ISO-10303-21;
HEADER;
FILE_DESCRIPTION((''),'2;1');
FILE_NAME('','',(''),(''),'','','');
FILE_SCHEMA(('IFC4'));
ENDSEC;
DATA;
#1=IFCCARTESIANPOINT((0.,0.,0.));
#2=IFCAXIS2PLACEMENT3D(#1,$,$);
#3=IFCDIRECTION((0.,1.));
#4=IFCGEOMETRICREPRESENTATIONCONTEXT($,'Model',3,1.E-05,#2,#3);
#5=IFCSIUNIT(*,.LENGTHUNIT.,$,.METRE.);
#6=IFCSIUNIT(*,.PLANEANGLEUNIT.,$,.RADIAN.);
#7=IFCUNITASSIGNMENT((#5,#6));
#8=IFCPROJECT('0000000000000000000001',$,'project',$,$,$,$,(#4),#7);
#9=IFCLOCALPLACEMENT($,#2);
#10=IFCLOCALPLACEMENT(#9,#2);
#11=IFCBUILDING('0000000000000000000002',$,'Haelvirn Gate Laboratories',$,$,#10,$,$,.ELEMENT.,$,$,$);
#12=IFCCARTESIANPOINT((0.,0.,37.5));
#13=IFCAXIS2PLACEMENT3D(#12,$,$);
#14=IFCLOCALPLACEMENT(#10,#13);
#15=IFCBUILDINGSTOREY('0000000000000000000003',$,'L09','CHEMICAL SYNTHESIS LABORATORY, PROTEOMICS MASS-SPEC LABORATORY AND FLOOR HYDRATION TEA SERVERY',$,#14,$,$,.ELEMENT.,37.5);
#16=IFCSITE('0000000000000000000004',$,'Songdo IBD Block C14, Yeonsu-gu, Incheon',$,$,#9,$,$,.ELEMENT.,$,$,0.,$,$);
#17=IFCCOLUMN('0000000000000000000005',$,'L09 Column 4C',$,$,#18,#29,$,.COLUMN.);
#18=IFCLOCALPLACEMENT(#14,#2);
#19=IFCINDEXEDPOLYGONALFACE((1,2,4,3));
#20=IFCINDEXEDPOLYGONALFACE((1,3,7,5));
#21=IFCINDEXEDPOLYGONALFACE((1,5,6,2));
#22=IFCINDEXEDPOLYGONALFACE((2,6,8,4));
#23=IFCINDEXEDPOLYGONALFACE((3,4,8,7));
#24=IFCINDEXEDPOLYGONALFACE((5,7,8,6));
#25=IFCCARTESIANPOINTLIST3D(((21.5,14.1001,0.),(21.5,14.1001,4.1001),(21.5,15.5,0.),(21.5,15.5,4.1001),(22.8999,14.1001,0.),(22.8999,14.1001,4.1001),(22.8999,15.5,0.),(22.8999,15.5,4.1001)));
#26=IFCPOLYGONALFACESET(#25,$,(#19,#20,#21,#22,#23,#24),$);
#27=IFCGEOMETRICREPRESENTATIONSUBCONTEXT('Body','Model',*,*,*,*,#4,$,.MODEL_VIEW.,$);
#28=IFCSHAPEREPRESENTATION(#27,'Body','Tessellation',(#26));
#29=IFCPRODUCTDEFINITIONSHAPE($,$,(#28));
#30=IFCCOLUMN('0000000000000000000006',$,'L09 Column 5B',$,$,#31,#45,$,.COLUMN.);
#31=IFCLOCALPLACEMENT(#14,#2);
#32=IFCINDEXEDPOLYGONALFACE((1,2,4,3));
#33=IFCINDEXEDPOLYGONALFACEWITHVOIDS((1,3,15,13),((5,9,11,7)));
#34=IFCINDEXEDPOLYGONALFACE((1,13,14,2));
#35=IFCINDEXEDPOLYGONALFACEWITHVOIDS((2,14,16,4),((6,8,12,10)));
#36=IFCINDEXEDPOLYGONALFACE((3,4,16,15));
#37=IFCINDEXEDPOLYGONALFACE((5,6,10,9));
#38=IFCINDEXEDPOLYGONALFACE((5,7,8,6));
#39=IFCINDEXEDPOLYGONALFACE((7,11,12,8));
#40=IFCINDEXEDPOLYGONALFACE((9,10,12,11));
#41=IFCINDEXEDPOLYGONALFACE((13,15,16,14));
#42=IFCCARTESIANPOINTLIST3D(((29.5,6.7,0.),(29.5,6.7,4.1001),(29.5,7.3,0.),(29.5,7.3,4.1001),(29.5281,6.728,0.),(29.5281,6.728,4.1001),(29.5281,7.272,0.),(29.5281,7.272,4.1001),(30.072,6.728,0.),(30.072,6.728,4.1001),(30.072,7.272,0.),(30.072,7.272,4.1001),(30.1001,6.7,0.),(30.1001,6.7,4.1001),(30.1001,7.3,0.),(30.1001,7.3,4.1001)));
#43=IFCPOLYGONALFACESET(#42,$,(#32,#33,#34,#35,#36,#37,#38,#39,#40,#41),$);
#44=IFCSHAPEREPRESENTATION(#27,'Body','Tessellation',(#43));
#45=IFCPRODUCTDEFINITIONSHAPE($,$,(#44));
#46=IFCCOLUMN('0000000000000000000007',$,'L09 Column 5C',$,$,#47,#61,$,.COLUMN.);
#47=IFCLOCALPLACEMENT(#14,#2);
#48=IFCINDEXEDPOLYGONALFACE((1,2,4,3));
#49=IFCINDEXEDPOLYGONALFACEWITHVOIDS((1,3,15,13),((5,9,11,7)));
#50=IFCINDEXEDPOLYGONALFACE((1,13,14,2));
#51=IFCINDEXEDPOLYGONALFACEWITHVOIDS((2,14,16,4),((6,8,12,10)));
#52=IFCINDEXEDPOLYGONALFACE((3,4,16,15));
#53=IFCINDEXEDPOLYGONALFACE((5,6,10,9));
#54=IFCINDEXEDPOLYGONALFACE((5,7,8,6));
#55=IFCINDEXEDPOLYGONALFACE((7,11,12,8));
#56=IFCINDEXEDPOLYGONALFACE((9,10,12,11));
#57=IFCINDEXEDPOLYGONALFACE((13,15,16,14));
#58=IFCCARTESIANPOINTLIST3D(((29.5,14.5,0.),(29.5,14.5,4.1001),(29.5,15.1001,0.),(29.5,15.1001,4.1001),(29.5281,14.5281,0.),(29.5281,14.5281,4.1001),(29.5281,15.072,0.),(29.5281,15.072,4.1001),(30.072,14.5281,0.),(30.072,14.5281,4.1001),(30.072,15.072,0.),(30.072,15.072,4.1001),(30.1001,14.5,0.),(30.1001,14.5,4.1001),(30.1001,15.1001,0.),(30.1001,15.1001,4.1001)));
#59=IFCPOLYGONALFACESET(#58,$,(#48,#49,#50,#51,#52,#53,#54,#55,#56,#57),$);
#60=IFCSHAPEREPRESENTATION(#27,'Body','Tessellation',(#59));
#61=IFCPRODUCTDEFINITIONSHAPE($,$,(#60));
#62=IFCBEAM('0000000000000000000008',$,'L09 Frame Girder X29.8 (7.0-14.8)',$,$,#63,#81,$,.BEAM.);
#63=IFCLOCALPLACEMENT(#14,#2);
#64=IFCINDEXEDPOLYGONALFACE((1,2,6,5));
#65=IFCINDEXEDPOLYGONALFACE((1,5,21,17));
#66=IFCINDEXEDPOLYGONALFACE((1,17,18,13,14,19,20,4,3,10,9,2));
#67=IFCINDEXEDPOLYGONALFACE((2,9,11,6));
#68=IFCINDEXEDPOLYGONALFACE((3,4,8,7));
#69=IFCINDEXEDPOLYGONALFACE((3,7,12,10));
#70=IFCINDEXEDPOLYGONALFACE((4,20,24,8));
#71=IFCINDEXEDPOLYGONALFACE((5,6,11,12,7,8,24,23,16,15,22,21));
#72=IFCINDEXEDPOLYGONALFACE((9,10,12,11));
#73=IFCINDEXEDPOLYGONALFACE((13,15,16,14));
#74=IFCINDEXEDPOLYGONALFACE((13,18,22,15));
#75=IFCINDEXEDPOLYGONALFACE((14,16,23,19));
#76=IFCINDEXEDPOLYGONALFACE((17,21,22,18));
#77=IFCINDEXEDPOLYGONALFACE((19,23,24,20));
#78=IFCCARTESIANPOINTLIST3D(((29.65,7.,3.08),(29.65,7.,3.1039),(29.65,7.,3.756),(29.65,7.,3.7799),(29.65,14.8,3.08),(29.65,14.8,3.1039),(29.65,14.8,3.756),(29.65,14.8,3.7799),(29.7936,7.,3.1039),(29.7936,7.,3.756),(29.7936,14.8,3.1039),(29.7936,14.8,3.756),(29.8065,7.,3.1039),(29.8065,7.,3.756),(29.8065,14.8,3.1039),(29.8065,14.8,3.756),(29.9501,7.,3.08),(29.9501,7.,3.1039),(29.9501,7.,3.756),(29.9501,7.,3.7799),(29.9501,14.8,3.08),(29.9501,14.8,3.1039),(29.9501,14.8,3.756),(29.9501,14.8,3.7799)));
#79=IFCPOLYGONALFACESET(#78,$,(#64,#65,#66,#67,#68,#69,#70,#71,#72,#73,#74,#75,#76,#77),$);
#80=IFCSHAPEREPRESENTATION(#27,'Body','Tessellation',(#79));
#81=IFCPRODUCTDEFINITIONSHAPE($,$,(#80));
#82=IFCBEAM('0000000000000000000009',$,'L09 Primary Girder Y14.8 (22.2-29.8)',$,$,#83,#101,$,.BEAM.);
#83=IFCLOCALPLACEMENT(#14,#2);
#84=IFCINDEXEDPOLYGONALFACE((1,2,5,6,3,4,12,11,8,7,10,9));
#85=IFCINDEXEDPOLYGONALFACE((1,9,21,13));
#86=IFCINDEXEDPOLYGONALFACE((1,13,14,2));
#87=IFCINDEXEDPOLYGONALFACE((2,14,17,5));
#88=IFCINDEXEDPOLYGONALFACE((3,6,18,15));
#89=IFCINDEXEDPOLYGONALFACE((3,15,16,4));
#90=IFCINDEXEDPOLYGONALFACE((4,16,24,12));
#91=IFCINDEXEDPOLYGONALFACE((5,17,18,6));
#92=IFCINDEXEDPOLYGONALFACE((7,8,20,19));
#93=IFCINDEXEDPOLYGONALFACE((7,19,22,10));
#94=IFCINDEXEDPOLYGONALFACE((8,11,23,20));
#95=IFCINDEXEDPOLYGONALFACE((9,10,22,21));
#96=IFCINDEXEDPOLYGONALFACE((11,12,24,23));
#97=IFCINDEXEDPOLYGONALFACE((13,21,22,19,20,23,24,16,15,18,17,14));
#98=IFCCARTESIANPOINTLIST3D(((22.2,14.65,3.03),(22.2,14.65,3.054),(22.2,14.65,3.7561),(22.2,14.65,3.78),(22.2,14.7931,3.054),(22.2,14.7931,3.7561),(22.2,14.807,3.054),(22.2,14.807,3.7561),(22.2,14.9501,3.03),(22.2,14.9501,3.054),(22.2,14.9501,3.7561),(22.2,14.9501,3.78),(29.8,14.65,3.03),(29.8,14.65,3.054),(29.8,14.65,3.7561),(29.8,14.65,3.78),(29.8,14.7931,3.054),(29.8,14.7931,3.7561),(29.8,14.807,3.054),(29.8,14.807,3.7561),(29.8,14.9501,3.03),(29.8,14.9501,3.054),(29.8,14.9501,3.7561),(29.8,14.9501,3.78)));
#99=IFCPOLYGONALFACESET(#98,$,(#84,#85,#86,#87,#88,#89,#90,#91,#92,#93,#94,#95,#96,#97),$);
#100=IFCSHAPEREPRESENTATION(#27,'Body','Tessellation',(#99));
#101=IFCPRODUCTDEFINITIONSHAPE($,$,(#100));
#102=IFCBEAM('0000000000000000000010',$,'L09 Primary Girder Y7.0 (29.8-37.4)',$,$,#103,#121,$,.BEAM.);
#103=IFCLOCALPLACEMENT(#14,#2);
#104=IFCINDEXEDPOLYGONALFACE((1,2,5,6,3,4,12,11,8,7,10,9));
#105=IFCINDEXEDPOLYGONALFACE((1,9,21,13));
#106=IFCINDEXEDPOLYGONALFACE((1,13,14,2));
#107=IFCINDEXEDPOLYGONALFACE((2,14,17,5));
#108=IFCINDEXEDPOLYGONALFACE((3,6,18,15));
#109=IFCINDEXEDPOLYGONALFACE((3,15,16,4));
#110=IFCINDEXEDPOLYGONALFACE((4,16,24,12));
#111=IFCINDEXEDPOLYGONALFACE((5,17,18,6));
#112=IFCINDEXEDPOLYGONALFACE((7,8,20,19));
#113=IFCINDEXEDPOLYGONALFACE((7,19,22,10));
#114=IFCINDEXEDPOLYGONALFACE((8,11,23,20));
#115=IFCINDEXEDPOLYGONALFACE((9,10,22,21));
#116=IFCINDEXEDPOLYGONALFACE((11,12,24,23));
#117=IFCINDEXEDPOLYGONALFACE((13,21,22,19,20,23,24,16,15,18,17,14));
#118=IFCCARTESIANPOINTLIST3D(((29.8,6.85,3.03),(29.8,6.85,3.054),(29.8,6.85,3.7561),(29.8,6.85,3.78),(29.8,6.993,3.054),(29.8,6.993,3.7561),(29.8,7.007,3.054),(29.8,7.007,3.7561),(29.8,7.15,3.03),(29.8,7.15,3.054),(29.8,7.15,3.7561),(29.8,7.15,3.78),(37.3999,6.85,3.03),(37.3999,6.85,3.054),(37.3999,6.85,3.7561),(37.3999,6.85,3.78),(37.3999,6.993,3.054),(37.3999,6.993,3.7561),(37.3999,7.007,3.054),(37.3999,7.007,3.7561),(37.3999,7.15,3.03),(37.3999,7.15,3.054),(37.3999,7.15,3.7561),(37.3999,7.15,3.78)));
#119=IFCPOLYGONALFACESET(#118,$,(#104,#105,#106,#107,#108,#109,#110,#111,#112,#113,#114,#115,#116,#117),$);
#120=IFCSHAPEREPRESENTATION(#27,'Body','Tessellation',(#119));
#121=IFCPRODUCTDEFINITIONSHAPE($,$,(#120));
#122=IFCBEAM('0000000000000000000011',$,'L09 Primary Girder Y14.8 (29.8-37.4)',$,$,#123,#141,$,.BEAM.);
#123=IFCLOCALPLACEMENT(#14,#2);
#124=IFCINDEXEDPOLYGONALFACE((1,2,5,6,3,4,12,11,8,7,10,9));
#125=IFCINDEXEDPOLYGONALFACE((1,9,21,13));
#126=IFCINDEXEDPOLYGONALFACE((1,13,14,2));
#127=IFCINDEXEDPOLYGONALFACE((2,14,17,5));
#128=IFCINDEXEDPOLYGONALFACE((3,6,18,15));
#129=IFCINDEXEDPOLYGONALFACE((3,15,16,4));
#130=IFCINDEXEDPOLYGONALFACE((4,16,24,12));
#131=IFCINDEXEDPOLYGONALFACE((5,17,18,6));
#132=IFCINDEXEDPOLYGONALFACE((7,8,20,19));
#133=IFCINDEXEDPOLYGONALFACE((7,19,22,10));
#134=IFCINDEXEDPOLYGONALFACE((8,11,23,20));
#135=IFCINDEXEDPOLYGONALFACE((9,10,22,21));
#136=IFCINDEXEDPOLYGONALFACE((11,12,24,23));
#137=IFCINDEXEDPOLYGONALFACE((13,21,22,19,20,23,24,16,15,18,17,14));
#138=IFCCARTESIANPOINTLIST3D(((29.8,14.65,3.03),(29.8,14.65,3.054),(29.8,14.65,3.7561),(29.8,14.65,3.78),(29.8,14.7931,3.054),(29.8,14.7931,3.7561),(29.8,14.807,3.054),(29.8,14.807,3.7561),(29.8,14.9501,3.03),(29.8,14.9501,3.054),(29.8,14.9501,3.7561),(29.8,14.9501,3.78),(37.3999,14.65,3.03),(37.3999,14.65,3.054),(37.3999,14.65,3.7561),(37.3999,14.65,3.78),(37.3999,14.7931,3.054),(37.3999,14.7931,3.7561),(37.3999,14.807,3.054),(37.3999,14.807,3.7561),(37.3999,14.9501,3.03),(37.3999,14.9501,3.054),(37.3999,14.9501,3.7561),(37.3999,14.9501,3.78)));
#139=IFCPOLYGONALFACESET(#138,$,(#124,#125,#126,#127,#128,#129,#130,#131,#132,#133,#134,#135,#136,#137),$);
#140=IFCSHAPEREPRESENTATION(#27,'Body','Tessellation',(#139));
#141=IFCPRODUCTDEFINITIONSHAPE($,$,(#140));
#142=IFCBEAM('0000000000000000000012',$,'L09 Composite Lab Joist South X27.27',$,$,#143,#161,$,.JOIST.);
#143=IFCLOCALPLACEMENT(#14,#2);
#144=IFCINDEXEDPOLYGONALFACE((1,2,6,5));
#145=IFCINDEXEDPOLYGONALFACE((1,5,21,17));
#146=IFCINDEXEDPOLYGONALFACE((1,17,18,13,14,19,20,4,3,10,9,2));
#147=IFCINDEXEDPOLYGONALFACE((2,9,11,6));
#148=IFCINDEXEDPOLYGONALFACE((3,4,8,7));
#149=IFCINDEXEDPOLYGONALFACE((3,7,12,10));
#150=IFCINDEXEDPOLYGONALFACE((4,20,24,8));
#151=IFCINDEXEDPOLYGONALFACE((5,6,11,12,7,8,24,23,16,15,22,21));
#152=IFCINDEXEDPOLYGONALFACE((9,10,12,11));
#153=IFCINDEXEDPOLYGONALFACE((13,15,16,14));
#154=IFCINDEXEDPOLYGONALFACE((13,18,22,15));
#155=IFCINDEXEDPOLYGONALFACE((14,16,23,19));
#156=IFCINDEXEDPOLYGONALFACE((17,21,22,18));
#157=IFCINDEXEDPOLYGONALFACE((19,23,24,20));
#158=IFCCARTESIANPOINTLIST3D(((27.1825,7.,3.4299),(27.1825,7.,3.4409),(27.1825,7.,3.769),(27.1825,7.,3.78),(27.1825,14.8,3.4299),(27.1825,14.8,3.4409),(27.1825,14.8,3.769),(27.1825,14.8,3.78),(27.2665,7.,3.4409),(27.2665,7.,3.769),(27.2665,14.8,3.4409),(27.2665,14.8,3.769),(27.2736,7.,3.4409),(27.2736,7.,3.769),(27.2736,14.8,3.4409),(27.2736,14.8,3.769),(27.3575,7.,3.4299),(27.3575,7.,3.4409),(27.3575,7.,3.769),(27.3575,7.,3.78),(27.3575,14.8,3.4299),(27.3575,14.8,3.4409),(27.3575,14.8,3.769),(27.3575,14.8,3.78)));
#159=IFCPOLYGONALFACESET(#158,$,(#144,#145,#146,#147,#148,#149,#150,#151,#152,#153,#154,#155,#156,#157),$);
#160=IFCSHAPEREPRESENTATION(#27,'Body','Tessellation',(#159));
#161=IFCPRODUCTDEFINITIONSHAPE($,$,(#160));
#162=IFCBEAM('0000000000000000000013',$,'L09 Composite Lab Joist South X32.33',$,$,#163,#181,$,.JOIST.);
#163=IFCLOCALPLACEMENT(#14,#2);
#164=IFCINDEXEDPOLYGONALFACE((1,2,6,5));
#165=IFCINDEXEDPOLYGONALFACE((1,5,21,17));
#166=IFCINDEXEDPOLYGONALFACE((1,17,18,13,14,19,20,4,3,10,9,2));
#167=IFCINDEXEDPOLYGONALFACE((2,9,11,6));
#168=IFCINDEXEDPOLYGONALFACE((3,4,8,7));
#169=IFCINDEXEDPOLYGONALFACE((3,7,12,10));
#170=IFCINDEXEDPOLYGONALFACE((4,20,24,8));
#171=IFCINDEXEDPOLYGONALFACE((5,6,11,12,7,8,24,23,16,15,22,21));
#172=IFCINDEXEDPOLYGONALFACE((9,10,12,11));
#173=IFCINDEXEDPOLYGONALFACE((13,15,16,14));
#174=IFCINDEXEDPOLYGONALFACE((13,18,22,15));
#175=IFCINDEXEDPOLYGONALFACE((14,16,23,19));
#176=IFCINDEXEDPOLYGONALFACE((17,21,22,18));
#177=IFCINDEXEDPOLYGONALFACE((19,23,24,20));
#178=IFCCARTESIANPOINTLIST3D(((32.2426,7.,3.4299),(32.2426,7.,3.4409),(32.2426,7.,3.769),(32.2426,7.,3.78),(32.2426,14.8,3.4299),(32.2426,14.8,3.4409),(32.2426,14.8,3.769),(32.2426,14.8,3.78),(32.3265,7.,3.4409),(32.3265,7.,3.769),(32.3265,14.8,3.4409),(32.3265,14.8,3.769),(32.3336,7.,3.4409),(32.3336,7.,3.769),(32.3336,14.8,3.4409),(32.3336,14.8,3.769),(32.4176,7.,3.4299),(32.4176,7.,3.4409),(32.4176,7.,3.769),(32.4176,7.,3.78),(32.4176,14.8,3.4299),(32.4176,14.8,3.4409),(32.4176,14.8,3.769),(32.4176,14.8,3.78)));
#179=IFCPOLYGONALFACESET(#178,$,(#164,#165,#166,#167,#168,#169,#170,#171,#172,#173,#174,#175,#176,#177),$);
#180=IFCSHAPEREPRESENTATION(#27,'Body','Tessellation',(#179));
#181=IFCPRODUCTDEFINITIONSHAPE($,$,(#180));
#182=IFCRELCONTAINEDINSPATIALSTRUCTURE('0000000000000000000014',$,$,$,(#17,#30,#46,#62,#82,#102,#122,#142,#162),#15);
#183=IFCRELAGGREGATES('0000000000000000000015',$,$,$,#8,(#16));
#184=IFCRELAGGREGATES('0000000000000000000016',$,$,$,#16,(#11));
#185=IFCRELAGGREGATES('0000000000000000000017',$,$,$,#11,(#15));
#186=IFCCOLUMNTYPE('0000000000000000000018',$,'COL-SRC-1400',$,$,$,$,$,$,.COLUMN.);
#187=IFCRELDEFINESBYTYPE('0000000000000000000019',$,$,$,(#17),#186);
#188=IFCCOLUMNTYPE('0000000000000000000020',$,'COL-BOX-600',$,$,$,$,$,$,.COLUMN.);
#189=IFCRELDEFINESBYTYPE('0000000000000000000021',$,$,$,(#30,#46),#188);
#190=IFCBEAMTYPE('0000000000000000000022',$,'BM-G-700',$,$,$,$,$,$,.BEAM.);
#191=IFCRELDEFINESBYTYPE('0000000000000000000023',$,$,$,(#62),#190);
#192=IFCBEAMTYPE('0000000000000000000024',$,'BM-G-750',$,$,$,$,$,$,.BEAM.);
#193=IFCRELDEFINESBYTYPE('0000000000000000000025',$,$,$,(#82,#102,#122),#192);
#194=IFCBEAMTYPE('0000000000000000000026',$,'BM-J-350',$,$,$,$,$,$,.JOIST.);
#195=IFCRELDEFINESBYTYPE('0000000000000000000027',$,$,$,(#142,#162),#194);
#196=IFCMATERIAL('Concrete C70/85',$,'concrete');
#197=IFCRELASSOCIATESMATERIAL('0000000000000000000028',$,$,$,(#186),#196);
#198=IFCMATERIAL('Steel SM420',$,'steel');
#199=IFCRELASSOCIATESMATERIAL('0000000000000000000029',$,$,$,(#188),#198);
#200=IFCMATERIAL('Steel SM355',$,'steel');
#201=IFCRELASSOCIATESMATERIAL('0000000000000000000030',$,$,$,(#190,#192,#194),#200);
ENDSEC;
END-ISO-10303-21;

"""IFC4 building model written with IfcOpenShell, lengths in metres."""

from ifc_helpers import new_model, si_unit, direction, frame, origin, origin_2d, place, context, subcontext, project, spatial, rectangle, hollow_rectangle, i_section, extrude, source, transform, mapped, material, material_profile, profile_set, type_object, type_shapes, element, save


model = new_model("IFC4")

# Units and contexts
model_context = context("Model", 3, precision=1e-05, world=origin(), true_north=direction((0.0, 1.0)))
body_context = subcontext(model_context, "Body", "Model", "MODEL_VIEW")
ifc_project = project(units=[si_unit("LENGTHUNIT", "METRE"), si_unit("PLANEANGLEUNIT", "RADIAN")], contexts=[model_context])

# Site, building, storey
site_placement = place(None, origin())
site = spatial("IfcSite", under=ifc_project, at=site_placement, Name="Songdo IBD Block C14, Yeonsu-gu, Incheon", CompositionType="ELEMENT", RefElevation=0.0)
building_placement = place(site_placement, origin())
building = spatial("IfcBuilding", under=site, at=building_placement, Name="Haelvirn Gate Laboratories", CompositionType="ELEMENT")
storey_placement = place(building_placement, frame((0.0, 0.0, 37.5)))
storey = spatial("IfcBuildingStorey", under=building, at=storey_placement, Name="L09", Description="CHEMICAL SYNTHESIS LABORATORY, PROTEOMICS MASS-SPEC LABORATORY AND FLOOR HYDRATION TEA SERVERY", CompositionType="ELEMENT", Elevation=37.5)

# Columns
ifc_material_1 = material(Name="Concrete C70/85", Category="concrete")
ifc_material_profile_1 = material_profile(ifc_material_1, rectangle(XDim=1.3999, YDim=1.3999, at=origin_2d()), Name="SRC-1400x1400")
ifc_profile_set_1 = profile_set([ifc_material_profile_1], Name="Concrete C70/85")
column_type_1 = type_object("IfcColumnType", Name="COL-SRC-1400", PredefinedType="COLUMN", material=ifc_profile_set_1)
shared_shape_1 = source(origin(), body_context, "Body", "SweptSolid", [
    extrude(rectangle(XDim=1.3999, YDim=1.3999, at=origin_2d()), origin(), (0.0, 0.0, 1.0), 4.1001),
])
type_shapes(column_type_1, [shared_shape_1])
column_placement = place(storey_placement, frame((22.2, 14.8, 0.0), z_axis=(0.0, 0.0, 1.0), x_axis=(1.0, 0.0, 0.0)))
element("IfcColumn", 1, at=column_placement, inside=storey, type_object=column_type_1, Name="L09 Column 4C", PredefinedType="COLUMN", context=body_context, shape_type="MappedRepresentation", body=[
    mapped(shared_shape_1, transform((0.0, 0.0, 0.0), scale=1.0)),
])
ifc_material_2 = material(Name="Steel SM420", Category="steel")
ifc_material_profile_2 = material_profile(ifc_material_2, hollow_rectangle(XDim=0.6001, YDim=0.6001, WallThickness=0.0281, at=origin_2d()), Name="BOX-600x600x28")
ifc_profile_set_2 = profile_set([ifc_material_profile_2], Name="Steel SM420")
column_type_2 = type_object("IfcColumnType", Name="COL-BOX-600", PredefinedType="COLUMN", material=ifc_profile_set_2)
shared_shape_2 = source(origin(), body_context, "Body", "SweptSolid", [
    extrude(hollow_rectangle(XDim=0.6001, YDim=0.6001, WallThickness=0.0281, at=origin_2d()), origin(), (0.0, 0.0, 1.0), 4.1001),
])
type_shapes(column_type_2, [shared_shape_2])
for number, where, z_axis, x_axis, name in (
    (2, (29.8, 7.0, 0.0), (0.0, 0.0, 1.0), (1.0, 0.0, 0.0), "L09 Column 5B"),
    (3, (29.8, 14.8, 0.0), (0.0, 0.0, 1.0), (1.0, 0.0, 0.0), "L09 Column 5C"),
):
    element("IfcColumn", number, at=place(storey_placement, frame(where, z_axis=z_axis, x_axis=x_axis)), inside=storey, type_object=column_type_2, Name=name, PredefinedType="COLUMN", context=body_context, shape_type="MappedRepresentation", body=[
        mapped(shared_shape_2, transform((0.0, 0.0, 0.0), scale=1.0)),
    ])

# Beams
ifc_material_3 = material(Name="Steel SM355", Category="steel")
ifc_material_profile_3 = material_profile(ifc_material_3, i_section(OverallWidth=0.3, OverallDepth=0.7, WebThickness=0.0129, FlangeThickness=0.0239, at=origin_2d()), Name="H-700x300x13x24")
ifc_profile_set_3 = profile_set([ifc_material_profile_3], Name="Steel SM355")
beam_type_1 = type_object("IfcBeamType", Name="BM-G-700", PredefinedType="BEAM", material=ifc_profile_set_3)
shared_shape_3 = source(origin(), body_context, "Body", "SweptSolid", [
    extrude(i_section(OverallWidth=0.3, OverallDepth=0.7, WebThickness=0.0129, FlangeThickness=0.0239, at=origin_2d()), origin(), (0.0, 0.0, 1.0), 7.8),
])
type_shapes(beam_type_1, [shared_shape_3])
beam_1_placement = place(storey_placement, frame((29.8, 7.0, 3.4299), z_axis=(0.0, 1.0, 0.0), x_axis=(-1.0, 0.0, 0.0)))
element("IfcBeam", 4, at=beam_1_placement, inside=storey, type_object=beam_type_1, Name="L09 Frame Girder X29.8 (7.0-14.8)", PredefinedType="BEAM", context=body_context, shape_type="MappedRepresentation", body=[
    mapped(shared_shape_3, transform((0.0, 0.0, 0.0), scale=1.0)),
])
ifc_material_profile_4 = material_profile(ifc_material_3, i_section(OverallWidth=0.3, OverallDepth=0.75, WebThickness=0.0139, FlangeThickness=0.0239, at=origin_2d()), Name="H-750x300x14x24")
ifc_profile_set_4 = profile_set([ifc_material_profile_4], Name="Steel SM355")
beam_type_2 = type_object("IfcBeamType", Name="BM-G-750", PredefinedType="BEAM", material=ifc_profile_set_4)
shared_shape_4 = source(origin(), body_context, "Body", "SweptSolid", [
    extrude(i_section(OverallWidth=0.3, OverallDepth=0.75, WebThickness=0.0139, FlangeThickness=0.0239, at=origin_2d()), origin(), (0.0, 0.0, 1.0), 7.6001),
])
beam_2_placement = place(storey_placement, frame((22.2, 14.8, 3.405), z_axis=(1.0, 0.0, 0.0), x_axis=(0.0, 1.0, 0.0)))
element("IfcBeam", 5, at=beam_2_placement, inside=storey, type_object=beam_type_2, Name="L09 Primary Girder Y14.8 (22.2-29.8)", PredefinedType="BEAM", context=body_context, shape_type="MappedRepresentation", body=[
    mapped(shared_shape_4, transform((0.0, 0.0, 0.0), scale=1.0)),
])
shared_shape_5 = source(origin(), body_context, "Body", "SweptSolid", [
    extrude(i_section(OverallWidth=0.3, OverallDepth=0.75, WebThickness=0.0139, FlangeThickness=0.0239, at=origin_2d()), origin(), (0.0, 0.0, 1.0), 7.5999),
])
type_shapes(beam_type_2, [shared_shape_4, shared_shape_5])
for number, where, z_axis, x_axis, name in (
    (6, (29.8, 7.0, 3.405), (1.0, 0.0, 0.0), (0.0, 1.0, 0.0), "L09 Primary Girder Y7.0 (29.8-37.4)"),
    (7, (29.8, 14.8, 3.405), (1.0, 0.0, 0.0), (0.0, 1.0, 0.0), "L09 Primary Girder Y14.8 (29.8-37.4)"),
):
    element("IfcBeam", number, at=place(storey_placement, frame(where, z_axis=z_axis, x_axis=x_axis)), inside=storey, type_object=beam_type_2, Name=name, PredefinedType="BEAM", context=body_context, shape_type="MappedRepresentation", body=[
        mapped(shared_shape_5, transform((0.0, 0.0, 0.0), scale=1.0)),
    ])
ifc_material_profile_5 = material_profile(ifc_material_3, i_section(OverallWidth=0.175, OverallDepth=0.3501, WebThickness=0.0071, FlangeThickness=0.011, at=origin_2d()), Name="H-350x175x7x11")
ifc_profile_set_5 = profile_set([ifc_material_profile_5], Name="Steel SM355")
beam_type_3 = type_object("IfcBeamType", Name="BM-J-350", PredefinedType="JOIST", material=ifc_profile_set_5)
shared_shape_6 = source(origin(), body_context, "Body", "SweptSolid", [
    extrude(i_section(OverallWidth=0.175, OverallDepth=0.3501, WebThickness=0.0071, FlangeThickness=0.011, at=origin_2d()), origin(), (0.0, 0.0, 1.0), 7.8),
])
type_shapes(beam_type_3, [shared_shape_6])
for number, where, z_axis, x_axis, name in (
    (8, (27.27, 7.0, 3.605), (0.0, 1.0, 0.0), (-1.0, 0.0, 0.0), "L09 Composite Lab Joist South X27.27"),
    (9, (32.3301, 7.0, 3.605), (0.0, 1.0, 0.0), (-1.0, 0.0, 0.0), "L09 Composite Lab Joist South X32.33"),
):
    element("IfcBeam", number, at=place(storey_placement, frame(where, z_axis=z_axis, x_axis=x_axis)), inside=storey, type_object=beam_type_3, Name=name, PredefinedType="JOIST", context=body_context, shape_type="MappedRepresentation", body=[
        mapped(shared_shape_6, transform((0.0, 0.0, 0.0), scale=1.0)),
    ])

save(model, "model.ifc")
